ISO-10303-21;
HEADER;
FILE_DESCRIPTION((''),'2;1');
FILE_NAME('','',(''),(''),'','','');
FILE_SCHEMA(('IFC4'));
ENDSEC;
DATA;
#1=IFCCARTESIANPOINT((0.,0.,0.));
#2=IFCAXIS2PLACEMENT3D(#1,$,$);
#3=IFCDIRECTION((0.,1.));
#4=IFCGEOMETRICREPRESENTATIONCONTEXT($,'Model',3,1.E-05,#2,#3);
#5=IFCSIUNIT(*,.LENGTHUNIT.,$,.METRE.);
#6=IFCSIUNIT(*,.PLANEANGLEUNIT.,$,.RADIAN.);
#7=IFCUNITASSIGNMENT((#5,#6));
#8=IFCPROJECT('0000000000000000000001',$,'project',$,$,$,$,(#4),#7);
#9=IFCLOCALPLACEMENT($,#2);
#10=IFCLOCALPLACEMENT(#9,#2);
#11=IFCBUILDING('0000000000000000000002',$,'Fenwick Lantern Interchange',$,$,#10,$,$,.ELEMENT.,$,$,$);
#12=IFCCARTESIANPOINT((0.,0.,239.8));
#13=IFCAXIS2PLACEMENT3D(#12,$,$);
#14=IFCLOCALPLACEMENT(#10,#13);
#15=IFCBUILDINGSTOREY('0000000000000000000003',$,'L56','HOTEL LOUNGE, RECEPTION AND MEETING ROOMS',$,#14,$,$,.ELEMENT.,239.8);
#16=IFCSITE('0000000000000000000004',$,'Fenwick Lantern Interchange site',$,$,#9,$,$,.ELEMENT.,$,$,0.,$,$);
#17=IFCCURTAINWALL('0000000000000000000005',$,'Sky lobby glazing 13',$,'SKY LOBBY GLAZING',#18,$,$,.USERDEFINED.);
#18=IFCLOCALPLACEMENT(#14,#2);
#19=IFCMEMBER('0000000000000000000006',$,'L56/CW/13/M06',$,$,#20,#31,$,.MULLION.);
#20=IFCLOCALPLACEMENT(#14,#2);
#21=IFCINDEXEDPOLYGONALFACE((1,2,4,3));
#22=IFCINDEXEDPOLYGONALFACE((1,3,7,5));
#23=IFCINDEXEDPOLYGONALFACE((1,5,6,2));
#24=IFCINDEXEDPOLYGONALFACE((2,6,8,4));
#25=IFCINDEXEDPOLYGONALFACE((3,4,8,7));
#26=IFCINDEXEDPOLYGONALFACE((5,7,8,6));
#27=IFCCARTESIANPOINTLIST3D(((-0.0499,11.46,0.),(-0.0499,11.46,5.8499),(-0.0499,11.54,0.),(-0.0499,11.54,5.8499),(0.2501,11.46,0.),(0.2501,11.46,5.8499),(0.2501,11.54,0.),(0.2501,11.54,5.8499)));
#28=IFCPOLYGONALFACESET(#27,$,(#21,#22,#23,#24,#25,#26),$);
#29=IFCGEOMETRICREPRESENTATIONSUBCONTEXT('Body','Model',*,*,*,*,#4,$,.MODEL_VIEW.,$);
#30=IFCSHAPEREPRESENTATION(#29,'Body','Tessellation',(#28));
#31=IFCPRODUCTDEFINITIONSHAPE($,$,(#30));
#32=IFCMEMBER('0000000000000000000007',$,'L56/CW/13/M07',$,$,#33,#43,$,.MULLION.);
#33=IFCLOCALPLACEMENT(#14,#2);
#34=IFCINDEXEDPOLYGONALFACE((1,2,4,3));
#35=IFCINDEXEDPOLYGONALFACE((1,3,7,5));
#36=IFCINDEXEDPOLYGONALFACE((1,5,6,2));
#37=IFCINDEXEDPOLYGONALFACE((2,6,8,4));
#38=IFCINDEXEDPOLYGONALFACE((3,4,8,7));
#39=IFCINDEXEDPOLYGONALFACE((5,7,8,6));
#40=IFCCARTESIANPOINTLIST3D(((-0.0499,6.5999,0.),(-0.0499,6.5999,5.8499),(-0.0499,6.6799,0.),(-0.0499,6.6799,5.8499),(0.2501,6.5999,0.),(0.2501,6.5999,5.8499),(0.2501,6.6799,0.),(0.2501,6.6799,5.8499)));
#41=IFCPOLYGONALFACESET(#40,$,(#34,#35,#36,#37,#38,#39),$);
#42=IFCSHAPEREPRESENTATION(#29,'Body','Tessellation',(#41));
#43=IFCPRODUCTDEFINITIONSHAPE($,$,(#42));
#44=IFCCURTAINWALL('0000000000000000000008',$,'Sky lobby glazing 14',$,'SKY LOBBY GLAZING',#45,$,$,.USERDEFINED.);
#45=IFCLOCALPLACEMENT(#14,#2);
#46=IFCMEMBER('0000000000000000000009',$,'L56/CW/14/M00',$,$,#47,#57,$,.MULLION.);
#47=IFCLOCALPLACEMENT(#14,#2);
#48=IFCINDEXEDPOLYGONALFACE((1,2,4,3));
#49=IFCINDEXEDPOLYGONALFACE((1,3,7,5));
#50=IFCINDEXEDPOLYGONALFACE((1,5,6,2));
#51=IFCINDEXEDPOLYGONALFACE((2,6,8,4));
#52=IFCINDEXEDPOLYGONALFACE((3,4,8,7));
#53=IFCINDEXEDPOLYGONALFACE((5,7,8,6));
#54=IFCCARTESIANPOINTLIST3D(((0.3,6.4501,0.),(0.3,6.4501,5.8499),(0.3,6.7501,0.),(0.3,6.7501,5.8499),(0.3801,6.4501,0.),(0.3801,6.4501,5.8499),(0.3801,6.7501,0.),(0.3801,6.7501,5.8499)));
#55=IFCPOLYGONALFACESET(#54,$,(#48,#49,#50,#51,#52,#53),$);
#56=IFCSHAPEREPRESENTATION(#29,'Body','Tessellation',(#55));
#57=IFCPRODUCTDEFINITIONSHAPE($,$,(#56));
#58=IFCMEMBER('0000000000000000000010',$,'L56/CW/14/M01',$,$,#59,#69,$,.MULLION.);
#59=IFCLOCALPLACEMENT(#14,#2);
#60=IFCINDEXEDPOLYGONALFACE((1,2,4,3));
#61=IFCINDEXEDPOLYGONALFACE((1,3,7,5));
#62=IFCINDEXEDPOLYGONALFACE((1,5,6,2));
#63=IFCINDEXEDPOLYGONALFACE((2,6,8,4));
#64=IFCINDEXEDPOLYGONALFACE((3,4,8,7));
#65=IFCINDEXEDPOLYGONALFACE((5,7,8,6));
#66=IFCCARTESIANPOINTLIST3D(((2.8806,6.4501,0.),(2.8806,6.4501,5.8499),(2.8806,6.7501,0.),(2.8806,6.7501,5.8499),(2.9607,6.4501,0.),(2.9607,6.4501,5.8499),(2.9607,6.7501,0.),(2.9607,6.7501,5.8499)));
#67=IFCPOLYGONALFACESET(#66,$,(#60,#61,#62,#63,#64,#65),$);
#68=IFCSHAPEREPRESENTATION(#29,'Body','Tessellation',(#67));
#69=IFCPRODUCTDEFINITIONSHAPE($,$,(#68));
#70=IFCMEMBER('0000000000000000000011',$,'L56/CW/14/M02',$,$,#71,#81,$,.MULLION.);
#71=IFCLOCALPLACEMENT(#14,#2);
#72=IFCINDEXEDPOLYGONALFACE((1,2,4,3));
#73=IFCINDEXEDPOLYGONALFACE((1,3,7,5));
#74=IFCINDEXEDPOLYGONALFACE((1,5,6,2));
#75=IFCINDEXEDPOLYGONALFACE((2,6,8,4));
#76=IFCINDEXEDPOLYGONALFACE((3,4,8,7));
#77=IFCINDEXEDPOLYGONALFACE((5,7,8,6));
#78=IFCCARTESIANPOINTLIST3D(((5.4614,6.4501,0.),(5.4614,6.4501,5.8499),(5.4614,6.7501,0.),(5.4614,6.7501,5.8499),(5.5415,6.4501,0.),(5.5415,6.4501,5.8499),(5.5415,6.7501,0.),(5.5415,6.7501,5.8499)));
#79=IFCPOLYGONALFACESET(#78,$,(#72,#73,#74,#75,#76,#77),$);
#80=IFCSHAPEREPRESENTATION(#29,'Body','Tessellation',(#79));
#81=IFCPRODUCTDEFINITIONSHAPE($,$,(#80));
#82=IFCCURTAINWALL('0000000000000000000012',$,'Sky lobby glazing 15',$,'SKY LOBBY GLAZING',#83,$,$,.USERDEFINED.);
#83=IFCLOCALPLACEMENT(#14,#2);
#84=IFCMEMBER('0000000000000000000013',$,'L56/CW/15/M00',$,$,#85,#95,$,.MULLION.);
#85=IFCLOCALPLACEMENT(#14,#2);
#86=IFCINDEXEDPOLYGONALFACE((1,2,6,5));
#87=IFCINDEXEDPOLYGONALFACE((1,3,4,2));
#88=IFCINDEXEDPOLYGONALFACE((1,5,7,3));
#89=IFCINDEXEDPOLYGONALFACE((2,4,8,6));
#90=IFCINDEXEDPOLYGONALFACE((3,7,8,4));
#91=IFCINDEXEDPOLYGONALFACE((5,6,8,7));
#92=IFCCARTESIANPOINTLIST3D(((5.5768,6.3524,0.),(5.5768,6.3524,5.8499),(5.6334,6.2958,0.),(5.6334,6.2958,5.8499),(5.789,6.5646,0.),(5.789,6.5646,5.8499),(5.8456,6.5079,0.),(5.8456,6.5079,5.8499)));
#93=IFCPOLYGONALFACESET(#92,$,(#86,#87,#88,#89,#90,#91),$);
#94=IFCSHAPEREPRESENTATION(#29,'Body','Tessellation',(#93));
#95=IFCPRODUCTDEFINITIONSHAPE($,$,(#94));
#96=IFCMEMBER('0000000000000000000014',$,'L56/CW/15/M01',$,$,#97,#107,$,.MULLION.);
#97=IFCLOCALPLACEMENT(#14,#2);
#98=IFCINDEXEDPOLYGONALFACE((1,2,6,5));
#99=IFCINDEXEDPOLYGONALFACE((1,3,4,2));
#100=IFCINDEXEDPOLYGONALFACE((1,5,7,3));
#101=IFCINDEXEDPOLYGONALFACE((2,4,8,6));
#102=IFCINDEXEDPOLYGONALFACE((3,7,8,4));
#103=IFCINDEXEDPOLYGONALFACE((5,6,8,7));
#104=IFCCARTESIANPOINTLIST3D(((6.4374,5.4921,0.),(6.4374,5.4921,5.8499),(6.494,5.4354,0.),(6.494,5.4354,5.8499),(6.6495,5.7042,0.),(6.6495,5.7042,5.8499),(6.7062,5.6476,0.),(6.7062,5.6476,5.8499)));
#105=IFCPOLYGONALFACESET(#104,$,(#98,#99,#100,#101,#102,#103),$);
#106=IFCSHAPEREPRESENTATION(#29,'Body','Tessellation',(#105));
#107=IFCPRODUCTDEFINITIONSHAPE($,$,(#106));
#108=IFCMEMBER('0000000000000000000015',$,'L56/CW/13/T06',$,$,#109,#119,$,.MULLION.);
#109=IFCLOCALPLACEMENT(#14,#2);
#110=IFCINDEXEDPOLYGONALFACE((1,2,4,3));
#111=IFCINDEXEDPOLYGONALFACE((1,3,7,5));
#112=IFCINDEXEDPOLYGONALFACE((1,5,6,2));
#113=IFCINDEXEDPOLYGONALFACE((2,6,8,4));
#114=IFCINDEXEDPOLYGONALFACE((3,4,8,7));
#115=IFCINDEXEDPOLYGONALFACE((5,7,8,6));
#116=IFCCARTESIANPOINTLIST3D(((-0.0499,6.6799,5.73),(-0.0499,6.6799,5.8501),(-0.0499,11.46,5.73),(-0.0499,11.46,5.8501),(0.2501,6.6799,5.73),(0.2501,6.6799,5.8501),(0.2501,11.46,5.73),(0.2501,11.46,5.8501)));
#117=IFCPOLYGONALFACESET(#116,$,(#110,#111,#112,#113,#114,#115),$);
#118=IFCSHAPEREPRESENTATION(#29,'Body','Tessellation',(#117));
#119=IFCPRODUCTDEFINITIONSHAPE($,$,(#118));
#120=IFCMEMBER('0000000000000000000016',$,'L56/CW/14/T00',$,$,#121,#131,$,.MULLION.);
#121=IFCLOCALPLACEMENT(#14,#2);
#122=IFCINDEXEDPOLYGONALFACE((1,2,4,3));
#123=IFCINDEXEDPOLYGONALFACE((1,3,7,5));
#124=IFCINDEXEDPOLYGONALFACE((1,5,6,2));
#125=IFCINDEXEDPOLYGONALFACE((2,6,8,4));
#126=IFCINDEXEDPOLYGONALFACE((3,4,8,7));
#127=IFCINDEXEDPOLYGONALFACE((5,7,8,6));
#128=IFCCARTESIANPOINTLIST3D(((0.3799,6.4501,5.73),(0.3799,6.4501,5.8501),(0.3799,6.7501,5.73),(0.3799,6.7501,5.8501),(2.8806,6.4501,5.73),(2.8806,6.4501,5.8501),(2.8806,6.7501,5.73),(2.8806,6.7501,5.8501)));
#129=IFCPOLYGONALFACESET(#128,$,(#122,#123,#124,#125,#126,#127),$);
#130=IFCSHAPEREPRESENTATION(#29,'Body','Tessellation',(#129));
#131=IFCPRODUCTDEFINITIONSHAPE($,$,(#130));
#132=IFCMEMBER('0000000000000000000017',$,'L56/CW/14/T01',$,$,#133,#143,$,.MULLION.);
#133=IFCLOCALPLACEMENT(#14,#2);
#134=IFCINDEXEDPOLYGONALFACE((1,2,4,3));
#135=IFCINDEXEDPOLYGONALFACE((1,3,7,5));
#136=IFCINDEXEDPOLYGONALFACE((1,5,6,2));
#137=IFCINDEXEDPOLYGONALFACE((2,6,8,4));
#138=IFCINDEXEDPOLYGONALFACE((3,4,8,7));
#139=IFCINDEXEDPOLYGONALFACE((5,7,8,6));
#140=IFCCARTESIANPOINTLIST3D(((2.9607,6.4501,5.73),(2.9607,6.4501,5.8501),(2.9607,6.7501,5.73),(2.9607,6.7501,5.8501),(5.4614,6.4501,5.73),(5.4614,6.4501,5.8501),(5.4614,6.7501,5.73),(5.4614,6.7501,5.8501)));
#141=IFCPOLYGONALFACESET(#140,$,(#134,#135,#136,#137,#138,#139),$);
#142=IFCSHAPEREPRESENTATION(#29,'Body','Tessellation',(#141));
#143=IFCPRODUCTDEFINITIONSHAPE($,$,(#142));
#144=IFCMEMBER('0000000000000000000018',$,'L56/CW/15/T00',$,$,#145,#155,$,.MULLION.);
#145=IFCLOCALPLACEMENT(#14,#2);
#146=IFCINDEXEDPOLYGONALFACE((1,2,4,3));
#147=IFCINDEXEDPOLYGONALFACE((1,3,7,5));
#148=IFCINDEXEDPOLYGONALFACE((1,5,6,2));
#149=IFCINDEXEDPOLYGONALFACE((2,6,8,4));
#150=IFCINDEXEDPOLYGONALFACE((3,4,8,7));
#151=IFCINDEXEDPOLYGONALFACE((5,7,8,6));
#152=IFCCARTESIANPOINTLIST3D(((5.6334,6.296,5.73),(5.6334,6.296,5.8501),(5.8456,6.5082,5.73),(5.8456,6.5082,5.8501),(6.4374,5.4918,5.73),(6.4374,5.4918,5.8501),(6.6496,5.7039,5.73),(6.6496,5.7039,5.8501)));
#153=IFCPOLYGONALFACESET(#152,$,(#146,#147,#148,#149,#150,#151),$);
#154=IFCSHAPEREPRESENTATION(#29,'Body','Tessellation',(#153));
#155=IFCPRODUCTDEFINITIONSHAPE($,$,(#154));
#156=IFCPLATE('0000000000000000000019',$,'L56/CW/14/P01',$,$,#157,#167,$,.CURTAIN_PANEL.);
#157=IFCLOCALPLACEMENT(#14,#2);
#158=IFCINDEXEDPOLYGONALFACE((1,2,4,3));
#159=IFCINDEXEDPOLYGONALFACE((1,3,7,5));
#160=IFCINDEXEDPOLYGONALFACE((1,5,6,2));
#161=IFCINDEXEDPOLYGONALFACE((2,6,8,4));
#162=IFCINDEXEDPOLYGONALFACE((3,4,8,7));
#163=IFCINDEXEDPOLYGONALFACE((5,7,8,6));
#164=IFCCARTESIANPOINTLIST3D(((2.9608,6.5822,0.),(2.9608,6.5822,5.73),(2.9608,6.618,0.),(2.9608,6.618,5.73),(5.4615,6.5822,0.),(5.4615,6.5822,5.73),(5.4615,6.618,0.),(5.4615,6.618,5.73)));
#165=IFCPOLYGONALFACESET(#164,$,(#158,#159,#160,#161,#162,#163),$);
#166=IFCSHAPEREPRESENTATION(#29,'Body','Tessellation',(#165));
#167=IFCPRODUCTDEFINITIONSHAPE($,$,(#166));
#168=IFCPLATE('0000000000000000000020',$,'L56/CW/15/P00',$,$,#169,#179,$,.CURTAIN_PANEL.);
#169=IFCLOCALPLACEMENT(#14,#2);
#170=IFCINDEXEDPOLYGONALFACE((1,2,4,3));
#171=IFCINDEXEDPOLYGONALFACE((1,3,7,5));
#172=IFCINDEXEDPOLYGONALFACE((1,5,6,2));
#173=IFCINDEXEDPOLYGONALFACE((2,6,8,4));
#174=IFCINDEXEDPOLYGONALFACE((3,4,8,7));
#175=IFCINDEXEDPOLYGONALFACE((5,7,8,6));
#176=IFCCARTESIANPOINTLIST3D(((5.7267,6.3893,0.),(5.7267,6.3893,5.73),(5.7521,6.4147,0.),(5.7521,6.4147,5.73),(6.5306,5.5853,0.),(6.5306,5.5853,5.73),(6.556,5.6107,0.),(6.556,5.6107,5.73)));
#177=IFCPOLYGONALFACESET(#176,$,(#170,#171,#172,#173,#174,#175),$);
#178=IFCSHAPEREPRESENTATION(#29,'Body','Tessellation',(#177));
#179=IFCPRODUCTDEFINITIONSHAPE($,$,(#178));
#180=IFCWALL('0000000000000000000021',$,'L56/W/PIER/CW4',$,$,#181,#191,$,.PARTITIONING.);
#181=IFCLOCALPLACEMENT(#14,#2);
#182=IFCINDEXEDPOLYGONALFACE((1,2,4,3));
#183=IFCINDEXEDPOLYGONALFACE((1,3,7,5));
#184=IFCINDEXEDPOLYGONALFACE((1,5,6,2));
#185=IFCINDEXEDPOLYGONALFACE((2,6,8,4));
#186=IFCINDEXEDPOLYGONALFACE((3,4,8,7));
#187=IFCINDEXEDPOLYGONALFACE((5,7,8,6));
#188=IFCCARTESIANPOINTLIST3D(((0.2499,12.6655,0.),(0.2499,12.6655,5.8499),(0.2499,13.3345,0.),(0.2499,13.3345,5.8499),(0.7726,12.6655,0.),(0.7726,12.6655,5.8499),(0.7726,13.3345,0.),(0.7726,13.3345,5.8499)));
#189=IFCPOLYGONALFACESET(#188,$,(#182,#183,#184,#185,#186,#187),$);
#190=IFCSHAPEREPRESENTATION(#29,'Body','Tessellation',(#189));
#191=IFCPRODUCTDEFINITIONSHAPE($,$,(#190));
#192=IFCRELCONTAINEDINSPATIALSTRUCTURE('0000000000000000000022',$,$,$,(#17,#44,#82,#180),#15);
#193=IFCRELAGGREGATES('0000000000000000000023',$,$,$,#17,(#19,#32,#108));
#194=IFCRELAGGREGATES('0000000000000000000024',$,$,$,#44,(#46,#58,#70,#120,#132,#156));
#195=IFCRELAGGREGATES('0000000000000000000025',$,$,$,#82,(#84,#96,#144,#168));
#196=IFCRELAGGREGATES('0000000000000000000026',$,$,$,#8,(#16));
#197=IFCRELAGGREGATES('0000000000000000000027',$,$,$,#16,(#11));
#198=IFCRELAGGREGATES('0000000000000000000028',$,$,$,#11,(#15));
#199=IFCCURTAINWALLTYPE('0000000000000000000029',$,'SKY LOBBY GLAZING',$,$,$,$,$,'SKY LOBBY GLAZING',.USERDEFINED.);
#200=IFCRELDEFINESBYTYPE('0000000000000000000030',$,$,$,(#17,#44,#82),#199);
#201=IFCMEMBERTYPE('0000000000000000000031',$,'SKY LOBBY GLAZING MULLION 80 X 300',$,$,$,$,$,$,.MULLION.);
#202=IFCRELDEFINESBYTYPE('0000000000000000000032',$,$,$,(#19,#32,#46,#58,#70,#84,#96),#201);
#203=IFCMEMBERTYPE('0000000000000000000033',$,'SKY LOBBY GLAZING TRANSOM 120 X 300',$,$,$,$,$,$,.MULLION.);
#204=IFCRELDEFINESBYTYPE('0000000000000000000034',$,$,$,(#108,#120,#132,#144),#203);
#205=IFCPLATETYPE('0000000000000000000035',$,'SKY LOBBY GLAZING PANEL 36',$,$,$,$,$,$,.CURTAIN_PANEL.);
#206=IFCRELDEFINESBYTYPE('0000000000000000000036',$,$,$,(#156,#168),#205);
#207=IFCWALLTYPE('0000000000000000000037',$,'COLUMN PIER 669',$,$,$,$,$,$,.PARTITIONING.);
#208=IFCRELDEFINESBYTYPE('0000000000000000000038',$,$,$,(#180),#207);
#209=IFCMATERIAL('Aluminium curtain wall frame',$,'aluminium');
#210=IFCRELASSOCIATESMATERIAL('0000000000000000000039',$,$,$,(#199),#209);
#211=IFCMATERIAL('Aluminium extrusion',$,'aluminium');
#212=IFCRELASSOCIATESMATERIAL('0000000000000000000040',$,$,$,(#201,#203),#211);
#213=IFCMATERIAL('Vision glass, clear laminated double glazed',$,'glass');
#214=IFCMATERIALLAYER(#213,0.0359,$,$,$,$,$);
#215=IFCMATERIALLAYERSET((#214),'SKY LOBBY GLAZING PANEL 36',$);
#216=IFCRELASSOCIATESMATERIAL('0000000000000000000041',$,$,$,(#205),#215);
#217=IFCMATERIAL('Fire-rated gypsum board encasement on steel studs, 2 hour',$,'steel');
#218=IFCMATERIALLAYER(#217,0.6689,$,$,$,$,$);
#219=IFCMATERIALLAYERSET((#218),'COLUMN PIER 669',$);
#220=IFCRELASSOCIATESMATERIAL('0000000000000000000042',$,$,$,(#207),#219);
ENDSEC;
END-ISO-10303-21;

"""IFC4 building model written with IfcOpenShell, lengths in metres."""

from ifc_helpers import new_model, si_unit, direction, frame, frame_2d, origin, origin_2d, place, context, subcontext, project, spatial, rectangle, extrude, material, layer, layer_set, material_profile, profile_set, type_object, element, aggregate, save


model = new_model("IFC4")

# Units and contexts
model_context = context("Model", 3, precision=1e-05, world=origin(), true_north=direction((0.0, 1.0)))
body_context = subcontext(model_context, "Body", "Model", "MODEL_VIEW")
ifc_project = project(units=[si_unit("LENGTHUNIT", "METRE"), si_unit("PLANEANGLEUNIT", "RADIAN")], contexts=[model_context])

# Site, building, storey
site_placement = place(None, origin())
site = spatial("IfcSite", under=ifc_project, at=site_placement, Name="Fenwick Lantern Interchange site", CompositionType="ELEMENT", RefElevation=0.0)
building_placement = place(site_placement, origin())
building = spatial("IfcBuilding", under=site, at=building_placement, Name="Fenwick Lantern Interchange", CompositionType="ELEMENT")
storey_placement = place(building_placement, frame((0.0, 0.0, 239.8)))
storey = spatial("IfcBuildingStorey", under=building, at=storey_placement, Name="L56", Description="HOTEL LOUNGE, RECEPTION AND MEETING ROOMS", CompositionType="ELEMENT", Elevation=239.8)

# Curtain walls, members
ifc_material_1 = material(Name="Aluminium curtain wall frame", Category="aluminium")
curtain_wall_type = type_object("IfcCurtainWallType", Name="SKY LOBBY GLAZING", ElementType="SKY LOBBY GLAZING", PredefinedType="USERDEFINED", material=ifc_material_1)
curtain_wall_1_placement = place(storey_placement, origin())
curtain_wall_1 = element("IfcCurtainWall", 1, at=curtain_wall_1_placement, inside=storey, type_object=curtain_wall_type, Name="Sky lobby glazing 13", ObjectType="SKY LOBBY GLAZING", PredefinedType="USERDEFINED")
ifc_material_2 = material(Name="Aluminium extrusion", Category="aluminium")
ifc_material_profile_1 = material_profile(ifc_material_2, rectangle(XDim=0.3, YDim=0.0801, at=origin_2d()), Name="SKY LOBBY GLAZING MULLION 80 X 300")
ifc_profile_set_1 = profile_set([ifc_material_profile_1], Name="Aluminium extrusion")
member_type_1 = type_object("IfcMemberType", Name="SKY LOBBY GLAZING MULLION 80 X 300", PredefinedType="MULLION", material=ifc_profile_set_1)
member_1_placement = place(storey_placement, frame((0.1001, 11.5, 0.0), z_axis=(0.0, 0.0, 1.0), x_axis=(1.0, 0.0, 0.0)))
member_1 = element("IfcMember", 2, at=member_1_placement, type_object=member_type_1, Name="L56/CW/13/M06", PredefinedType="MULLION", context=body_context, shape_type="SweptSolid", body=[
    extrude(rectangle(XDim=0.3, YDim=0.0801, at=origin_2d()), origin(), (0.0, 0.0, 1.0), 5.8499),
])
member_2_placement = place(storey_placement, frame((0.1001, 6.6399, 0.0), z_axis=(0.0, 0.0, 1.0), x_axis=(1.0, 0.0, 0.0)))
member_2 = element("IfcMember", 3, at=member_2_placement, type_object=member_type_1, Name="L56/CW/13/M07", PredefinedType="MULLION", context=body_context, shape_type="SweptSolid", body=[
    extrude(rectangle(XDim=0.3, YDim=0.0801, at=origin_2d()), origin(), (0.0, 0.0, 1.0), 5.8499),
])
curtain_wall_2_placement = place(storey_placement, origin())
curtain_wall_2 = element("IfcCurtainWall", 4, at=curtain_wall_2_placement, inside=storey, type_object=curtain_wall_type, Name="Sky lobby glazing 14", ObjectType="SKY LOBBY GLAZING", PredefinedType="USERDEFINED")
member_3_placement = place(storey_placement, frame((0.3401, 6.6001, 0.0), z_axis=(0.0, 0.0, 1.0), x_axis=(0.0, 1.0, 0.0)))
member_3 = element("IfcMember", 5, at=member_3_placement, type_object=member_type_1, Name="L56/CW/14/M00", PredefinedType="MULLION", context=body_context, shape_type="SweptSolid", body=[
    extrude(rectangle(XDim=0.3, YDim=0.0801, at=origin_2d()), origin(), (0.0, 0.0, 1.0), 5.8499),
])
member_4_placement = place(storey_placement, frame((2.9207, 6.6001, 0.0), z_axis=(0.0, 0.0, 1.0), x_axis=(0.0, 1.0, 0.0)))
member_4 = element("IfcMember", 6, at=member_4_placement, type_object=member_type_1, Name="L56/CW/14/M01", PredefinedType="MULLION", context=body_context, shape_type="SweptSolid", body=[
    extrude(rectangle(XDim=0.3, YDim=0.0801, at=origin_2d()), origin(), (0.0, 0.0, 1.0), 5.8499),
])
member_5_placement = place(storey_placement, frame((5.5015, 6.6001, 0.0), z_axis=(0.0, 0.0, 1.0), x_axis=(0.0, 1.0, 0.0)))
member_5 = element("IfcMember", 7, at=member_5_placement, type_object=member_type_1, Name="L56/CW/14/M02", PredefinedType="MULLION", context=body_context, shape_type="SweptSolid", body=[
    extrude(rectangle(XDim=0.3, YDim=0.0801, at=origin_2d()), origin(), (0.0, 0.0, 1.0), 5.8499),
])
curtain_wall_3_placement = place(storey_placement, origin())
curtain_wall_3 = element("IfcCurtainWall", 8, at=curtain_wall_3_placement, inside=storey, type_object=curtain_wall_type, Name="Sky lobby glazing 15", ObjectType="SKY LOBBY GLAZING", PredefinedType="USERDEFINED")
member_6_placement = place(storey_placement, frame((5.7112, 6.4302, 0.0), z_axis=(0.0, 0.0, 1.0), x_axis=(0.707107, 0.707107, 0.0)))
member_6 = element("IfcMember", 9, at=member_6_placement, type_object=member_type_1, Name="L56/CW/15/M00", PredefinedType="MULLION", context=body_context, shape_type="SweptSolid", body=[
    extrude(rectangle(XDim=0.3, YDim=0.0801, at=origin_2d()), origin(), (0.0, 0.0, 1.0), 5.8499),
])
member_7_placement = place(storey_placement, frame((6.5718, 5.5698, 0.0), z_axis=(0.0, 0.0, 1.0), x_axis=(0.707107, 0.707107, 0.0)))
member_7 = element("IfcMember", 10, at=member_7_placement, type_object=member_type_1, Name="L56/CW/15/M01", PredefinedType="MULLION", context=body_context, shape_type="SweptSolid", body=[
    extrude(rectangle(XDim=0.3, YDim=0.0801, at=origin_2d()), origin(), (0.0, 0.0, 1.0), 5.8499),
])

# Members
ifc_material_profile_2 = material_profile(ifc_material_2, rectangle(XDim=0.3, YDim=0.1201, at=origin_2d()), Name="SKY LOBBY GLAZING TRANSOM 120 X 300")
ifc_profile_set_2 = profile_set([ifc_material_profile_2], Name="Aluminium extrusion")
member_type_2 = type_object("IfcMemberType", Name="SKY LOBBY GLAZING TRANSOM 120 X 300", PredefinedType="MULLION", material=ifc_profile_set_2)
member_8_placement = place(storey_placement, frame((0.1001, 11.46, 5.79), z_axis=(0.0, -1.0, 0.0), x_axis=(1.0, 0.0, 0.0)))
member_8 = element("IfcMember", 11, at=member_8_placement, type_object=member_type_2, Name="L56/CW/13/T06", PredefinedType="MULLION", context=body_context, shape_type="SweptSolid", body=[
    extrude(rectangle(XDim=0.3, YDim=0.1201, at=origin_2d()), origin(), (0.0, 0.0, 1.0), 4.78),
])
aggregate(curtain_wall_1, [member_1, member_2, member_8])
member_9_placement = place(storey_placement, frame((0.3799, 6.6001, 5.79), z_axis=(1.0, 0.0, 0.0), x_axis=(0.0, 1.0, 0.0)))
member_9 = element("IfcMember", 12, at=member_9_placement, type_object=member_type_2, Name="L56/CW/14/T00", PredefinedType="MULLION", context=body_context, shape_type="SweptSolid", body=[
    extrude(rectangle(XDim=0.3, YDim=0.1201, at=origin_2d()), origin(), (0.0, 0.0, 1.0), 2.5007),
])
member_10_placement = place(storey_placement, frame((2.9607, 6.6001, 5.79), z_axis=(1.0, 0.0, 0.0), x_axis=(0.0, 1.0, 0.0)))
member_10 = element("IfcMember", 13, at=member_10_placement, type_object=member_type_2, Name="L56/CW/14/T01", PredefinedType="MULLION", context=body_context, shape_type="SweptSolid", body=[
    extrude(rectangle(XDim=0.3, YDim=0.1201, at=origin_2d()), origin(), (0.0, 0.0, 1.0), 2.5007),
])
member_11_placement = place(storey_placement, frame((5.7395, 6.4021, 5.79), z_axis=(0.706999, -0.707214, 0.0), x_axis=(0.707214, 0.706999, 0.0)))
member_11 = element("IfcMember", 14, at=member_11_placement, type_object=member_type_2, Name="L56/CW/15/T00", PredefinedType="MULLION", context=body_context, shape_type="SweptSolid", body=[
    extrude(rectangle(XDim=0.3, YDim=0.1201, at=origin_2d()), origin(), (0.0, 0.0, 1.0), 1.1372),
])

# Shared definitions
ifc_material_3 = material(Name="Vision glass, clear laminated double glazed", Category="glass")
ifc_layer_1 = layer(ifc_material_3, 0.0359)
ifc_layer_set_1 = layer_set([ifc_layer_1], Name="SKY LOBBY GLAZING PANEL 36")
plate_type = type_object("IfcPlateType", Name="SKY LOBBY GLAZING PANEL 36", PredefinedType="CURTAIN_PANEL", material=ifc_layer_set_1)

# Plates
plate_1_placement = place(storey_placement, frame((4.2112, 6.6001, 0.0), z_axis=(0.0, 0.0, 1.0), x_axis=(1.0, 0.0, 0.0)))
plate_1 = element("IfcPlate", 15, at=plate_1_placement, type_object=plate_type, Name="L56/CW/14/P01", PredefinedType="CURTAIN_PANEL", context=body_context, shape_type="SweptSolid", body=[
    extrude(rectangle(XDim=2.5007, YDim=0.0359, at=origin_2d()), origin(), (0.0, 0.0, 1.0), 5.73),
])
aggregate(curtain_wall_2, [member_3, member_4, member_5, member_9, member_10, plate_1])
plate_2_placement = place(storey_placement, frame((6.1414, 6.0, 0.0), z_axis=(0.0, 0.0, 1.0), x_axis=(0.707107, -0.707107, 0.0)))
plate_2 = element("IfcPlate", 16, at=plate_2_placement, type_object=plate_type, Name="L56/CW/15/P00", PredefinedType="CURTAIN_PANEL", context=body_context, shape_type="SweptSolid", body=[
    extrude(rectangle(XDim=1.137, YDim=0.0359, at=origin_2d()), origin(), (0.0, 0.0, 1.0), 5.73),
])
aggregate(curtain_wall_3, [member_6, member_7, member_11, plate_2])

# Wall
ifc_material_4 = material(Name="Fire-rated gypsum board encasement on steel studs, 2 hour", Category="steel")
ifc_layer_2 = layer(ifc_material_4, 0.6689)
ifc_layer_set_2 = layer_set([ifc_layer_2], Name="COLUMN PIER 669")
wall_type_1 = type_object("IfcWallType", Name="COLUMN PIER 669", PredefinedType="PARTITIONING", material=ifc_layer_set_2)
wall_1_placement = place(storey_placement, frame((0.25, 13.0, 0.0), z_axis=(0.0, 0.0, 1.0), x_axis=(1.0, 0.0, 0.0)))
element("IfcWall", 17, at=wall_1_placement, inside=storey, type_object=wall_type_1, Name="L56/W/PIER/CW4", PredefinedType="PARTITIONING", context=body_context, shape_type="SweptSolid", body=[
    extrude(rectangle(XDim=0.5227, YDim=0.6689, at=frame_2d((0.2612, 0.0))), origin(), (0.0, 0.0, 1.0), 5.8499),
])

save(model, "model.ifc")
